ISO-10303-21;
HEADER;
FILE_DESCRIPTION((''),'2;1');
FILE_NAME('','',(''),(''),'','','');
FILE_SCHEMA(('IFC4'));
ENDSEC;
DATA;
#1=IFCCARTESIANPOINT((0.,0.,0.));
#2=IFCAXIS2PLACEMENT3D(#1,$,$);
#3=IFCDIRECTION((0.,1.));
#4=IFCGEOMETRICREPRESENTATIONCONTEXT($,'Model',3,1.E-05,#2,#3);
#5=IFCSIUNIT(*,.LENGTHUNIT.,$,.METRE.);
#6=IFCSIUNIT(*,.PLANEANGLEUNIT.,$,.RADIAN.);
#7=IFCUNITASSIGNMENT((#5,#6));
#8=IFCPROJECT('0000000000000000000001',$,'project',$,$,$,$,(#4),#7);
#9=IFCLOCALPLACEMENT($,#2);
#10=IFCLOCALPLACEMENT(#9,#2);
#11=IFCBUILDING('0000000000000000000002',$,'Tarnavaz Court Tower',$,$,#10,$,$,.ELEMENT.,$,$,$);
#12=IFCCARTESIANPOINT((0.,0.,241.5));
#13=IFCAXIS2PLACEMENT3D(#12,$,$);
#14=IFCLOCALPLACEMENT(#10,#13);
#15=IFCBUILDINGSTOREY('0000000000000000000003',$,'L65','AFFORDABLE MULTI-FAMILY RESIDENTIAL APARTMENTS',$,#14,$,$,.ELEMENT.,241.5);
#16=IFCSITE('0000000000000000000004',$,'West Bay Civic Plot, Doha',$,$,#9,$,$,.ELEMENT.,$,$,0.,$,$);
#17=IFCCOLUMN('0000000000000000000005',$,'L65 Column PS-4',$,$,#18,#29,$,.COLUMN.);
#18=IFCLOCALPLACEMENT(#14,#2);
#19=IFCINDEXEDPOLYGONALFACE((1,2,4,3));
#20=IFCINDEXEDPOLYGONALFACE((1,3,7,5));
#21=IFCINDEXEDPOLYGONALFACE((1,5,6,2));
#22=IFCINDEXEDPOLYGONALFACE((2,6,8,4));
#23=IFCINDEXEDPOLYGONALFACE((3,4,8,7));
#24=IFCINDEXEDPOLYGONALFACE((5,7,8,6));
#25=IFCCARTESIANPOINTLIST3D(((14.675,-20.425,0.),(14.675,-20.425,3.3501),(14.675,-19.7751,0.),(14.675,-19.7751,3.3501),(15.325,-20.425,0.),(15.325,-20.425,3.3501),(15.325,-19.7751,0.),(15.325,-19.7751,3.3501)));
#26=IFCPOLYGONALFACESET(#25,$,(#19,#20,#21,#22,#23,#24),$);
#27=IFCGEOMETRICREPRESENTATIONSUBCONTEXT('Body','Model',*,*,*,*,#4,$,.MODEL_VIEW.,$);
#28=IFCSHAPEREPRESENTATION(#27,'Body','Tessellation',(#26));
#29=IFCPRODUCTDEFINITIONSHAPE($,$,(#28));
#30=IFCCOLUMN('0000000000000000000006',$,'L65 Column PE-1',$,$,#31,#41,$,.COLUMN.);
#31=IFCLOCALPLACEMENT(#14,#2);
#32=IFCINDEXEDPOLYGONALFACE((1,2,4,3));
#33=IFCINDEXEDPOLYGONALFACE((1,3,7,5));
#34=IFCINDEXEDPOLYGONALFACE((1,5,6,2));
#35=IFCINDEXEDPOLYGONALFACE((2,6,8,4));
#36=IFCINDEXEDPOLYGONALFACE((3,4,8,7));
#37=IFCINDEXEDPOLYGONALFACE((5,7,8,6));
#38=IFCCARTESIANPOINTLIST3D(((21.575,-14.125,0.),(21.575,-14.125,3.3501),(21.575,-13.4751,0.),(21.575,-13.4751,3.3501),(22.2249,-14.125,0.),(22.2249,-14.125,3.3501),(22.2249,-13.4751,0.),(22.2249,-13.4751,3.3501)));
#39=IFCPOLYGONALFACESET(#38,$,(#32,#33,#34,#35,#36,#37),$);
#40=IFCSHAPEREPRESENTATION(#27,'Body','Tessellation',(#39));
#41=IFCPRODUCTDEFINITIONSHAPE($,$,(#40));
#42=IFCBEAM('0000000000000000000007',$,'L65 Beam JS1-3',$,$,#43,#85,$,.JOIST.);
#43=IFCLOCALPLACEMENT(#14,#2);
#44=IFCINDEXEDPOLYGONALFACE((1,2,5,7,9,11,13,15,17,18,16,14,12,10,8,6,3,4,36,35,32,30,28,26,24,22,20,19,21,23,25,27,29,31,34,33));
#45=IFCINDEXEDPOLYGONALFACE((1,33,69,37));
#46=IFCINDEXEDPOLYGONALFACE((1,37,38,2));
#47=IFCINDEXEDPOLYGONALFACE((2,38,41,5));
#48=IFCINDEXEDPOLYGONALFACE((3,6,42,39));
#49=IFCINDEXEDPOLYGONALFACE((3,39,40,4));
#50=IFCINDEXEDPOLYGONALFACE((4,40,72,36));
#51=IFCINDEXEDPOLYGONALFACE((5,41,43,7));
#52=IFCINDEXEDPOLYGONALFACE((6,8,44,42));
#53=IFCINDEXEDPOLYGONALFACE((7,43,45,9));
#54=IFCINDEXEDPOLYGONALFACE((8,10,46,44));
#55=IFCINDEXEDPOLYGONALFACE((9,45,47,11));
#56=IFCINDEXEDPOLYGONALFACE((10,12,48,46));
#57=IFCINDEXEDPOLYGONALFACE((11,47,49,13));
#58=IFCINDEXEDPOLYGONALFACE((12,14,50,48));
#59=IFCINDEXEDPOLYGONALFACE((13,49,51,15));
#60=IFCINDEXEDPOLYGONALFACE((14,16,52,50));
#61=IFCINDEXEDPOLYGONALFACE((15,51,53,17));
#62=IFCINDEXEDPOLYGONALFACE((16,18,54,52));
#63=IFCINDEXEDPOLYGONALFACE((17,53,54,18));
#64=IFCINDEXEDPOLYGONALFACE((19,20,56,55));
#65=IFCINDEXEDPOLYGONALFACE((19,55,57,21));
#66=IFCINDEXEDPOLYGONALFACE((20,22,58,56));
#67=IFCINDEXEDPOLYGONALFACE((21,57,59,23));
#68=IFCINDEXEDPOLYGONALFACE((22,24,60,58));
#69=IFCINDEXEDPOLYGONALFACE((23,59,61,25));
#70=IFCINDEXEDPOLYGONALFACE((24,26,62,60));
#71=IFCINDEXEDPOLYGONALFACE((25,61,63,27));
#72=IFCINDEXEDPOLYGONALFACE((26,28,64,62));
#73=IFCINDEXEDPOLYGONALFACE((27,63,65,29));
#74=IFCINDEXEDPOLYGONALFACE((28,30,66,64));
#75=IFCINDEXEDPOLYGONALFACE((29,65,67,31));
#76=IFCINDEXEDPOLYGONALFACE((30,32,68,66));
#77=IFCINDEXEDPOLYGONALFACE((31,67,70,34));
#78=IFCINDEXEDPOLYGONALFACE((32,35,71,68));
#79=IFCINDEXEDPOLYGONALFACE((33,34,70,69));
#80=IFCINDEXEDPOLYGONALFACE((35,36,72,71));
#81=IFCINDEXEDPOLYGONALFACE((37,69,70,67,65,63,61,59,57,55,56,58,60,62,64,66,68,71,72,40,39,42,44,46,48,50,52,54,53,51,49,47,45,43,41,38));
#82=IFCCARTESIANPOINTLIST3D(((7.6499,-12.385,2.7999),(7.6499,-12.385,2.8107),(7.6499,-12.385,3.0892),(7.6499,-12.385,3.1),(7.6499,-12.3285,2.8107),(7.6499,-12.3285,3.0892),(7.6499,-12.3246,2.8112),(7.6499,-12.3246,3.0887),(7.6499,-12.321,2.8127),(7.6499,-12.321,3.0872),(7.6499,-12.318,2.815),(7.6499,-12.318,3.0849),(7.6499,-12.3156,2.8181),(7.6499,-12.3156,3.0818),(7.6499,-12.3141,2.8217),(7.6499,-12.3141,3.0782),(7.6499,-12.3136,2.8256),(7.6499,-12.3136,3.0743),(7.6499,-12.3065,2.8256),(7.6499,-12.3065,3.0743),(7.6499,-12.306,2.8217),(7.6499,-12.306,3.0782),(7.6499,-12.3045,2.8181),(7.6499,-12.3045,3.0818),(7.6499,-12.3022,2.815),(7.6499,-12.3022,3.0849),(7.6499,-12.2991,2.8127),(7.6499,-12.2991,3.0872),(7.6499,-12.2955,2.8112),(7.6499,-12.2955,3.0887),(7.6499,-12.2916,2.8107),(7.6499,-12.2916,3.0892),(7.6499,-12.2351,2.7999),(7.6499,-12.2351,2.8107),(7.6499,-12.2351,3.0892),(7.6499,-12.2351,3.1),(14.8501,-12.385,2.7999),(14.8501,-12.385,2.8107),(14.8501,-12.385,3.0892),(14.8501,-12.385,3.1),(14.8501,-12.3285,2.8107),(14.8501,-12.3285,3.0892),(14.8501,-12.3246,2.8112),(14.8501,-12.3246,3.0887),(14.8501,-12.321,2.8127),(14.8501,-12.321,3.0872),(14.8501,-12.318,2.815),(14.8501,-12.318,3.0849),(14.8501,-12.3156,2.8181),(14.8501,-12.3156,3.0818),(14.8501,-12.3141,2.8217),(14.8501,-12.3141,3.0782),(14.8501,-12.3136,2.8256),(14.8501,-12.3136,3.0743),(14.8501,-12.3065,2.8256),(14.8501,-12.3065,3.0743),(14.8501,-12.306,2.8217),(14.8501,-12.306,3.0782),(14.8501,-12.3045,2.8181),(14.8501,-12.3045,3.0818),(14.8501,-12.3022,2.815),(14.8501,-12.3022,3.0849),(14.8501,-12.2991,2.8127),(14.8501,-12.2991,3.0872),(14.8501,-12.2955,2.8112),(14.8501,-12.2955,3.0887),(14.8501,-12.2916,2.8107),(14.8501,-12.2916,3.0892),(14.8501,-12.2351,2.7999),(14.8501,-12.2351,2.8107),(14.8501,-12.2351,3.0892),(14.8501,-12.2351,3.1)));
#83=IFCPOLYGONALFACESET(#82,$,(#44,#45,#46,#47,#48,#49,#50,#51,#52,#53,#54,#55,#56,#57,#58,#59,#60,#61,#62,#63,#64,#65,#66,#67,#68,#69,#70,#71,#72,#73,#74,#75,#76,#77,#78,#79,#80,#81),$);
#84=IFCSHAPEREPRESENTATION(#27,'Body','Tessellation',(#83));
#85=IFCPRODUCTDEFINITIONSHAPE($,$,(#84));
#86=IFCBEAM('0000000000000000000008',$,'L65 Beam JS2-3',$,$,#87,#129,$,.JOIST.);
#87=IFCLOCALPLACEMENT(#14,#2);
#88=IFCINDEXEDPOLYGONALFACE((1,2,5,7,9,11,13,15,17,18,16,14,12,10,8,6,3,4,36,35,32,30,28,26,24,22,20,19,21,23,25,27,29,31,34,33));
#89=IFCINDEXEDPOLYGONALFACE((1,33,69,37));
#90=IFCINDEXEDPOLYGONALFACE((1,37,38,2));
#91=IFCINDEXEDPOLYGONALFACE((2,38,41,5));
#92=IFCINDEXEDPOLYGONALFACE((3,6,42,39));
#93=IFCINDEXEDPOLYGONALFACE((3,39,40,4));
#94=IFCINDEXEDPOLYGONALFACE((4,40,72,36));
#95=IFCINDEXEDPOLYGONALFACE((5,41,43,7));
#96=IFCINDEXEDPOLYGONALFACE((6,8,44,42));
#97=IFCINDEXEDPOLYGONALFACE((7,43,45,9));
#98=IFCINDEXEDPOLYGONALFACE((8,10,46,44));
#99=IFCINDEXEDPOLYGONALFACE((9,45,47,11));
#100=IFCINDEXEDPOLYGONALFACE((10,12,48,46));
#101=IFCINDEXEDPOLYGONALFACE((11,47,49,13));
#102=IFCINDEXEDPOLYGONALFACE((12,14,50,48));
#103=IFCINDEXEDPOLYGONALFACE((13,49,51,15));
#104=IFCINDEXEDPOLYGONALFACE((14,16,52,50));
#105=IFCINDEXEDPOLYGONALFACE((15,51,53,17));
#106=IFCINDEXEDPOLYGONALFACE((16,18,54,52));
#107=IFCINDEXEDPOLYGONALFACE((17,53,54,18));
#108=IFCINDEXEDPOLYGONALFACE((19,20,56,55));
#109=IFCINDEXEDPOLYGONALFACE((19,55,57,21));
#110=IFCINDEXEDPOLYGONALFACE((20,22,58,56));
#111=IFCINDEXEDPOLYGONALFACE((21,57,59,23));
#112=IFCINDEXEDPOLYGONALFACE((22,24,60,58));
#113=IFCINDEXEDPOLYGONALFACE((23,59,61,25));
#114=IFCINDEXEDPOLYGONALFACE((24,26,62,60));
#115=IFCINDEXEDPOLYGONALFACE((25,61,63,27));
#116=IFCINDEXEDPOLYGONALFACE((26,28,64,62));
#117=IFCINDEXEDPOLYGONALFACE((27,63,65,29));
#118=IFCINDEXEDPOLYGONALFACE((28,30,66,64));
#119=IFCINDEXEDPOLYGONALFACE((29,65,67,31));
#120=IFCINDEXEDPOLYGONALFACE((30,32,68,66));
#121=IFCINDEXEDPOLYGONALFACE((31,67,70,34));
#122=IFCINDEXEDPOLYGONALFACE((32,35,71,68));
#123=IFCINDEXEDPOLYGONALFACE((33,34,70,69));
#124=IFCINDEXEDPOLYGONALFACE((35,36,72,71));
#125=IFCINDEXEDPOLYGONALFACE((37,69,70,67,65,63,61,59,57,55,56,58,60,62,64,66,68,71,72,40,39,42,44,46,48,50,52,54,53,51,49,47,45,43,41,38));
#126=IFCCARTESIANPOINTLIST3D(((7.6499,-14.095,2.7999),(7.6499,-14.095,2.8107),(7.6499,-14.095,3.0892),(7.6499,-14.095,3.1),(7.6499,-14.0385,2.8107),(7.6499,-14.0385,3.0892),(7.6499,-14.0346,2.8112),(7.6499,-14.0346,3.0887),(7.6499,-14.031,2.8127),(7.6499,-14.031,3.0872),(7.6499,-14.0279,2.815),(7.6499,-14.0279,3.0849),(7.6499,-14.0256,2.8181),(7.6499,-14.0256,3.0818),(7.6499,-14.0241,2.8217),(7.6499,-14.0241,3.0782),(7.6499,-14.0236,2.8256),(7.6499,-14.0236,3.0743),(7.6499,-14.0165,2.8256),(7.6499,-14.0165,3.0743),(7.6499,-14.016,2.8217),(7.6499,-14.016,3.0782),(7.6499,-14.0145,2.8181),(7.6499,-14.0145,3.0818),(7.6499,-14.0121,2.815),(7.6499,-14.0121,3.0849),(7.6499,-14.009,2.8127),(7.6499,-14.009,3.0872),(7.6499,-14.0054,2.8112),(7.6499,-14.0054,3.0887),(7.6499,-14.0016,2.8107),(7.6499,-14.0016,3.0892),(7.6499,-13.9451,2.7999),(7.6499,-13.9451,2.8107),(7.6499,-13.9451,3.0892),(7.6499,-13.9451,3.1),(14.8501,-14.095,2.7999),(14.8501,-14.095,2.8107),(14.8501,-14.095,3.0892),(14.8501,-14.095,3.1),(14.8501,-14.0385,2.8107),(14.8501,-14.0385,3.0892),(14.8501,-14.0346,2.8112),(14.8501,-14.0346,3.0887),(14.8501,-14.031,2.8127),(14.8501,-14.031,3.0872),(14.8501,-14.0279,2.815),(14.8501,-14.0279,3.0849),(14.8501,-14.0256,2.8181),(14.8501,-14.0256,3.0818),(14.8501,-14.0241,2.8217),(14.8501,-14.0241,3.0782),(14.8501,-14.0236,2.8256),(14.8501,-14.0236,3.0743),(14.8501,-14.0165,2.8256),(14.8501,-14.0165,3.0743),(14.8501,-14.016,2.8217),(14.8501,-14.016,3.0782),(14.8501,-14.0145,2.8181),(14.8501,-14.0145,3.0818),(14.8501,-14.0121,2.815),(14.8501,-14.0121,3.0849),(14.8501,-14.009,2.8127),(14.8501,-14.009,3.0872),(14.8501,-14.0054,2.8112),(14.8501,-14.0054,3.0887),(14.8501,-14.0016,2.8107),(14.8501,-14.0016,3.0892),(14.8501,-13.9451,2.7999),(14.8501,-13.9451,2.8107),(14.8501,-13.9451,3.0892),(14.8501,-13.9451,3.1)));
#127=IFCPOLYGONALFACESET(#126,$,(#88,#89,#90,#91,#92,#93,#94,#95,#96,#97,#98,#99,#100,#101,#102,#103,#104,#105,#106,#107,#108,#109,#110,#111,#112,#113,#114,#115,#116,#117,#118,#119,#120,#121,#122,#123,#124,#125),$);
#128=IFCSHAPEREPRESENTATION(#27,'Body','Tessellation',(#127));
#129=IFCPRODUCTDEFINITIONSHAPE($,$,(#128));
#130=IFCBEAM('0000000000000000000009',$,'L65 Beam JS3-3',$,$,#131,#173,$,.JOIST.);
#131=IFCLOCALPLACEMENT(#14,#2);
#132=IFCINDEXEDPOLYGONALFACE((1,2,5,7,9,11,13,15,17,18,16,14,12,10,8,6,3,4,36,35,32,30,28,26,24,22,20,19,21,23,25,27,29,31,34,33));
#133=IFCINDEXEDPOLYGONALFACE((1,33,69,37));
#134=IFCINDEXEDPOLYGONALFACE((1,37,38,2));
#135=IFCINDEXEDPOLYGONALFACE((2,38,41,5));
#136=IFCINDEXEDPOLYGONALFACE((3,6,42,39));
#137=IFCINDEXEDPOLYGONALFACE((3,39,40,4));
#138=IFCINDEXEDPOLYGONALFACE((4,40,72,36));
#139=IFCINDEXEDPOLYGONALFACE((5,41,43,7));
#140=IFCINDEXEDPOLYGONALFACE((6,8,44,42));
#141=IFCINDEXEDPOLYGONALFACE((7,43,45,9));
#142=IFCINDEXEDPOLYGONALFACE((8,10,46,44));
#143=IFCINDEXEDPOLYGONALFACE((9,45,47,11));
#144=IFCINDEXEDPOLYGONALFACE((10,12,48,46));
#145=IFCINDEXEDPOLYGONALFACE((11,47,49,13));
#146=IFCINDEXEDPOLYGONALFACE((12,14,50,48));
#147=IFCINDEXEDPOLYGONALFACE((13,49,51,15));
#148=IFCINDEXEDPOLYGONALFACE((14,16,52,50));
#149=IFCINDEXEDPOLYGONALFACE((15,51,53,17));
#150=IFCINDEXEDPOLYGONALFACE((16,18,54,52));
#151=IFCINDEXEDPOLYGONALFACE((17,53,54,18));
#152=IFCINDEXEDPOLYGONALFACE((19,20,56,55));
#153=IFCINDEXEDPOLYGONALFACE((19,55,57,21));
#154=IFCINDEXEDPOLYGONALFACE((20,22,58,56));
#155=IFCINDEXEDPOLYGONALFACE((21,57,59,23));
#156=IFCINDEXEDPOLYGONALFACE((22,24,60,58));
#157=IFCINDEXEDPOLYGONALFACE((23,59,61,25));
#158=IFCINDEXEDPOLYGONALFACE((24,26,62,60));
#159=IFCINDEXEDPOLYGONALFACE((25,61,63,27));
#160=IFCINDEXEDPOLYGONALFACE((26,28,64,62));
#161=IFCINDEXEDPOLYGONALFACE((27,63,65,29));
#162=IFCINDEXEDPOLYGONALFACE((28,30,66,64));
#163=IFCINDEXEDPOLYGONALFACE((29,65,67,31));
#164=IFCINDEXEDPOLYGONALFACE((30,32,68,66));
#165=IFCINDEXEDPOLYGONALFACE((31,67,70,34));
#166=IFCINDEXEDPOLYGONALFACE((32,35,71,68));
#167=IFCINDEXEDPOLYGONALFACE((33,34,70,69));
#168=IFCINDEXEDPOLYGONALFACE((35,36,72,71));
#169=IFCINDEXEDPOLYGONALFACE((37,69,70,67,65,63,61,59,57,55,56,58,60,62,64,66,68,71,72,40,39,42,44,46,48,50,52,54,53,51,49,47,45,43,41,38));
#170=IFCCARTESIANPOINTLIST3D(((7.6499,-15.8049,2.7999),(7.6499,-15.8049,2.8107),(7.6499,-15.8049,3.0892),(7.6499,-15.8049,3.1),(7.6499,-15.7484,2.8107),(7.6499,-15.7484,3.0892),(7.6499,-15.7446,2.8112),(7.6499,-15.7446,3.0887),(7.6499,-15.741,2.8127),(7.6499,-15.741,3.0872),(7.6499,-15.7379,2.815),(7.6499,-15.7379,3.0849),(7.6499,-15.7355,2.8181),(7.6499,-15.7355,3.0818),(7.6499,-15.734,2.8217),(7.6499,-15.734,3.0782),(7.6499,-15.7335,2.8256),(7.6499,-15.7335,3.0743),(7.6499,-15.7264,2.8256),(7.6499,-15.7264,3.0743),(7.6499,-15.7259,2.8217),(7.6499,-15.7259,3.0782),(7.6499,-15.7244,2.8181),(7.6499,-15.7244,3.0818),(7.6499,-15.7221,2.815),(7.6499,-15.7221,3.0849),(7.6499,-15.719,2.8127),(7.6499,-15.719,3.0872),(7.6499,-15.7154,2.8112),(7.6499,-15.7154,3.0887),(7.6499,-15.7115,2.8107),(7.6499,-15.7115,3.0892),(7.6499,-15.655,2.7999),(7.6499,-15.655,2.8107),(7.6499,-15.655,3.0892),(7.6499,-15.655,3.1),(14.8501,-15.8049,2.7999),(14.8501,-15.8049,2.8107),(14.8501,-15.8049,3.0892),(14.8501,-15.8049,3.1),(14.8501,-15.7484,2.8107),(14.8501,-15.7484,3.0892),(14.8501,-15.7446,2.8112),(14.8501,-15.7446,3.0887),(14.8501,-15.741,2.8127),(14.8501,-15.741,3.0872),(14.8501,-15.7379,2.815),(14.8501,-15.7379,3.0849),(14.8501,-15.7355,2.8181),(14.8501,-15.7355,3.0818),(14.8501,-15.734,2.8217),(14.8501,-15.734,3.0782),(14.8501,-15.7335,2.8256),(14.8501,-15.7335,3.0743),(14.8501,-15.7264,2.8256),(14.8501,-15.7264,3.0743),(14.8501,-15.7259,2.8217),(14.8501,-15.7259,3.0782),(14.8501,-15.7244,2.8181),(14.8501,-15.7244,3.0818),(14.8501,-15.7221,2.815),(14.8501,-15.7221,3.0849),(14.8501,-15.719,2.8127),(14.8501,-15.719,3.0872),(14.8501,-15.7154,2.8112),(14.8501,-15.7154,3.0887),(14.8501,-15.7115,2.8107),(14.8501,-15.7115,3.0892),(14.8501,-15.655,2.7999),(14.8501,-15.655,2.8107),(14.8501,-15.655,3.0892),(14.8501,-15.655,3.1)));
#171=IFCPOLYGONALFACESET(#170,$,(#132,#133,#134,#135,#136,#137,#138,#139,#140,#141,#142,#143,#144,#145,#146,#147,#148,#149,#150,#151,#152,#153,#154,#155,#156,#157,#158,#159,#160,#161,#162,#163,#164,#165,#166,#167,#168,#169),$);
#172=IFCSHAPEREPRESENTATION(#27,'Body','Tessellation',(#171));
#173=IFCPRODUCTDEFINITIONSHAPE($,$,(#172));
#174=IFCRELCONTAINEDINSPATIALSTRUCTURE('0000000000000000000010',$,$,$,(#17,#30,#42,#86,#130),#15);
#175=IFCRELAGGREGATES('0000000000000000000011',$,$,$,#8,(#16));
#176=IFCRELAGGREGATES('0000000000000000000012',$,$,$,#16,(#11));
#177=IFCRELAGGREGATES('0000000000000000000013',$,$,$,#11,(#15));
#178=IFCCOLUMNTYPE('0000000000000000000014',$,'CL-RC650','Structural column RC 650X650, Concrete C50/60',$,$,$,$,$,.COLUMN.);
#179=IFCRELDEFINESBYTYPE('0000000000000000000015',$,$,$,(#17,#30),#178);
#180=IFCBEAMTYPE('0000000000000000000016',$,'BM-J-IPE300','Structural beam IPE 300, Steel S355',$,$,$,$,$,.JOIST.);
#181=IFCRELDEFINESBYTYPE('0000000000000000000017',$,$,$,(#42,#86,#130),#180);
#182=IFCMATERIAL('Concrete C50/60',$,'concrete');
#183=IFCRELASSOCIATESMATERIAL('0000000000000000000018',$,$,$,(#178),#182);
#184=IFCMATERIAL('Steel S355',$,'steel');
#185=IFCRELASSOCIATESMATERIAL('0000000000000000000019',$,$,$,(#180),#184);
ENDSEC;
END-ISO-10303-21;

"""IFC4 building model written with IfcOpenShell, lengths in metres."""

from ifc_helpers import new_model, si_unit, direction, frame, origin, origin_2d, place, context, subcontext, project, spatial, rectangle, i_section, extrude, material, material_profile, profile_set, type_object, element, save


model = new_model("IFC4")

# Units and contexts
model_context = context("Model", 3, precision=1e-05, world=origin(), true_north=direction((0.0, 1.0)))
body_context = subcontext(model_context, "Body", "Model", "MODEL_VIEW")
ifc_project = project(units=[si_unit("LENGTHUNIT", "METRE"), si_unit("PLANEANGLEUNIT", "RADIAN")], contexts=[model_context])

# Site, building, storey
site_placement = place(None, origin())
site = spatial("IfcSite", under=ifc_project, at=site_placement, Name="West Bay Civic Plot, Doha", CompositionType="ELEMENT", RefElevation=0.0)
building_placement = place(site_placement, origin())
building = spatial("IfcBuilding", under=site, at=building_placement, Name="Tarnavaz Court Tower", CompositionType="ELEMENT")
storey_placement = place(building_placement, frame((0.0, 0.0, 241.5)))
storey = spatial("IfcBuildingStorey", under=building, at=storey_placement, Name="L65", Description="AFFORDABLE MULTI-FAMILY RESIDENTIAL APARTMENTS", CompositionType="ELEMENT", Elevation=241.5)

# Columns
ifc_material_1 = material(Name="Concrete C50/60", Category="concrete")
ifc_material_profile_1 = material_profile(ifc_material_1, rectangle(XDim=0.6499, YDim=0.6499, at=origin_2d()), Name="RC 650X650")
ifc_profile_set_1 = profile_set([ifc_material_profile_1], Name="Concrete C50/60")
column_type = type_object("IfcColumnType", Name="CL-RC650", Description="Structural column RC 650X650, Concrete C50/60", PredefinedType="COLUMN", material=ifc_profile_set_1)
for number, where, z_axis, x_axis, name in (
    (1, (15.0, -20.1001, 0.0), (0.0, 0.0, 1.0), (1.0, 0.0, 0.0), "L65 Column PS-4"),
    (2, (21.8999, -13.8, 0.0), (0.0, 0.0, 1.0), (1.0, 0.0, 0.0), "L65 Column PE-1"),
):
    element("IfcColumn", number, at=place(storey_placement, frame(where, z_axis=z_axis, x_axis=x_axis)), inside=storey, type_object=column_type, Name=name, PredefinedType="COLUMN", context=body_context, shape_type="SweptSolid", body=[
        extrude(rectangle(XDim=0.6499, YDim=0.6499, at=origin_2d()), origin(), (0.0, 0.0, 1.0), 3.3501),
    ])

# Beams
ifc_material_2 = material(Name="Steel S355", Category="steel")
ifc_material_profile_2 = material_profile(ifc_material_2, i_section(OverallWidth=0.1499, OverallDepth=0.3, WebThickness=0.0071, FlangeThickness=0.0107, FilletRadius=0.0149, at=origin_2d()), Name="IPE 300")
ifc_profile_set_2 = profile_set([ifc_material_profile_2], Name="Steel S355")
beam_type_1 = type_object("IfcBeamType", Name="BM-J-IPE300", Description="Structural beam IPE 300, Steel S355", PredefinedType="JOIST", material=ifc_profile_set_2)
for number, where, z_axis, x_axis, name in (
    (3, (7.6499, -12.3101, 2.95), (1.0, 0.0, 0.0), (0.0, 1.0, 0.0), "L65 Beam JS1-3"),
    (4, (7.6499, -14.02, 2.95), (1.0, 0.0, 0.0), (0.0, 1.0, 0.0), "L65 Beam JS2-3"),
    (5, (7.6499, -15.73, 2.95), (1.0, 0.0, 0.0), (0.0, 1.0, 0.0), "L65 Beam JS3-3"),
):
    element("IfcBeam", number, at=place(storey_placement, frame(where, z_axis=z_axis, x_axis=x_axis)), inside=storey, type_object=beam_type_1, Name=name, PredefinedType="JOIST", context=body_context, shape_type="SweptSolid", body=[
        extrude(i_section(OverallWidth=0.1499, OverallDepth=0.3, WebThickness=0.0071, FlangeThickness=0.0107, FilletRadius=0.0149, at=origin_2d()), origin(), (0.0, 0.0, 1.0), 7.2002),
    ])

save(model, "model.ifc")
